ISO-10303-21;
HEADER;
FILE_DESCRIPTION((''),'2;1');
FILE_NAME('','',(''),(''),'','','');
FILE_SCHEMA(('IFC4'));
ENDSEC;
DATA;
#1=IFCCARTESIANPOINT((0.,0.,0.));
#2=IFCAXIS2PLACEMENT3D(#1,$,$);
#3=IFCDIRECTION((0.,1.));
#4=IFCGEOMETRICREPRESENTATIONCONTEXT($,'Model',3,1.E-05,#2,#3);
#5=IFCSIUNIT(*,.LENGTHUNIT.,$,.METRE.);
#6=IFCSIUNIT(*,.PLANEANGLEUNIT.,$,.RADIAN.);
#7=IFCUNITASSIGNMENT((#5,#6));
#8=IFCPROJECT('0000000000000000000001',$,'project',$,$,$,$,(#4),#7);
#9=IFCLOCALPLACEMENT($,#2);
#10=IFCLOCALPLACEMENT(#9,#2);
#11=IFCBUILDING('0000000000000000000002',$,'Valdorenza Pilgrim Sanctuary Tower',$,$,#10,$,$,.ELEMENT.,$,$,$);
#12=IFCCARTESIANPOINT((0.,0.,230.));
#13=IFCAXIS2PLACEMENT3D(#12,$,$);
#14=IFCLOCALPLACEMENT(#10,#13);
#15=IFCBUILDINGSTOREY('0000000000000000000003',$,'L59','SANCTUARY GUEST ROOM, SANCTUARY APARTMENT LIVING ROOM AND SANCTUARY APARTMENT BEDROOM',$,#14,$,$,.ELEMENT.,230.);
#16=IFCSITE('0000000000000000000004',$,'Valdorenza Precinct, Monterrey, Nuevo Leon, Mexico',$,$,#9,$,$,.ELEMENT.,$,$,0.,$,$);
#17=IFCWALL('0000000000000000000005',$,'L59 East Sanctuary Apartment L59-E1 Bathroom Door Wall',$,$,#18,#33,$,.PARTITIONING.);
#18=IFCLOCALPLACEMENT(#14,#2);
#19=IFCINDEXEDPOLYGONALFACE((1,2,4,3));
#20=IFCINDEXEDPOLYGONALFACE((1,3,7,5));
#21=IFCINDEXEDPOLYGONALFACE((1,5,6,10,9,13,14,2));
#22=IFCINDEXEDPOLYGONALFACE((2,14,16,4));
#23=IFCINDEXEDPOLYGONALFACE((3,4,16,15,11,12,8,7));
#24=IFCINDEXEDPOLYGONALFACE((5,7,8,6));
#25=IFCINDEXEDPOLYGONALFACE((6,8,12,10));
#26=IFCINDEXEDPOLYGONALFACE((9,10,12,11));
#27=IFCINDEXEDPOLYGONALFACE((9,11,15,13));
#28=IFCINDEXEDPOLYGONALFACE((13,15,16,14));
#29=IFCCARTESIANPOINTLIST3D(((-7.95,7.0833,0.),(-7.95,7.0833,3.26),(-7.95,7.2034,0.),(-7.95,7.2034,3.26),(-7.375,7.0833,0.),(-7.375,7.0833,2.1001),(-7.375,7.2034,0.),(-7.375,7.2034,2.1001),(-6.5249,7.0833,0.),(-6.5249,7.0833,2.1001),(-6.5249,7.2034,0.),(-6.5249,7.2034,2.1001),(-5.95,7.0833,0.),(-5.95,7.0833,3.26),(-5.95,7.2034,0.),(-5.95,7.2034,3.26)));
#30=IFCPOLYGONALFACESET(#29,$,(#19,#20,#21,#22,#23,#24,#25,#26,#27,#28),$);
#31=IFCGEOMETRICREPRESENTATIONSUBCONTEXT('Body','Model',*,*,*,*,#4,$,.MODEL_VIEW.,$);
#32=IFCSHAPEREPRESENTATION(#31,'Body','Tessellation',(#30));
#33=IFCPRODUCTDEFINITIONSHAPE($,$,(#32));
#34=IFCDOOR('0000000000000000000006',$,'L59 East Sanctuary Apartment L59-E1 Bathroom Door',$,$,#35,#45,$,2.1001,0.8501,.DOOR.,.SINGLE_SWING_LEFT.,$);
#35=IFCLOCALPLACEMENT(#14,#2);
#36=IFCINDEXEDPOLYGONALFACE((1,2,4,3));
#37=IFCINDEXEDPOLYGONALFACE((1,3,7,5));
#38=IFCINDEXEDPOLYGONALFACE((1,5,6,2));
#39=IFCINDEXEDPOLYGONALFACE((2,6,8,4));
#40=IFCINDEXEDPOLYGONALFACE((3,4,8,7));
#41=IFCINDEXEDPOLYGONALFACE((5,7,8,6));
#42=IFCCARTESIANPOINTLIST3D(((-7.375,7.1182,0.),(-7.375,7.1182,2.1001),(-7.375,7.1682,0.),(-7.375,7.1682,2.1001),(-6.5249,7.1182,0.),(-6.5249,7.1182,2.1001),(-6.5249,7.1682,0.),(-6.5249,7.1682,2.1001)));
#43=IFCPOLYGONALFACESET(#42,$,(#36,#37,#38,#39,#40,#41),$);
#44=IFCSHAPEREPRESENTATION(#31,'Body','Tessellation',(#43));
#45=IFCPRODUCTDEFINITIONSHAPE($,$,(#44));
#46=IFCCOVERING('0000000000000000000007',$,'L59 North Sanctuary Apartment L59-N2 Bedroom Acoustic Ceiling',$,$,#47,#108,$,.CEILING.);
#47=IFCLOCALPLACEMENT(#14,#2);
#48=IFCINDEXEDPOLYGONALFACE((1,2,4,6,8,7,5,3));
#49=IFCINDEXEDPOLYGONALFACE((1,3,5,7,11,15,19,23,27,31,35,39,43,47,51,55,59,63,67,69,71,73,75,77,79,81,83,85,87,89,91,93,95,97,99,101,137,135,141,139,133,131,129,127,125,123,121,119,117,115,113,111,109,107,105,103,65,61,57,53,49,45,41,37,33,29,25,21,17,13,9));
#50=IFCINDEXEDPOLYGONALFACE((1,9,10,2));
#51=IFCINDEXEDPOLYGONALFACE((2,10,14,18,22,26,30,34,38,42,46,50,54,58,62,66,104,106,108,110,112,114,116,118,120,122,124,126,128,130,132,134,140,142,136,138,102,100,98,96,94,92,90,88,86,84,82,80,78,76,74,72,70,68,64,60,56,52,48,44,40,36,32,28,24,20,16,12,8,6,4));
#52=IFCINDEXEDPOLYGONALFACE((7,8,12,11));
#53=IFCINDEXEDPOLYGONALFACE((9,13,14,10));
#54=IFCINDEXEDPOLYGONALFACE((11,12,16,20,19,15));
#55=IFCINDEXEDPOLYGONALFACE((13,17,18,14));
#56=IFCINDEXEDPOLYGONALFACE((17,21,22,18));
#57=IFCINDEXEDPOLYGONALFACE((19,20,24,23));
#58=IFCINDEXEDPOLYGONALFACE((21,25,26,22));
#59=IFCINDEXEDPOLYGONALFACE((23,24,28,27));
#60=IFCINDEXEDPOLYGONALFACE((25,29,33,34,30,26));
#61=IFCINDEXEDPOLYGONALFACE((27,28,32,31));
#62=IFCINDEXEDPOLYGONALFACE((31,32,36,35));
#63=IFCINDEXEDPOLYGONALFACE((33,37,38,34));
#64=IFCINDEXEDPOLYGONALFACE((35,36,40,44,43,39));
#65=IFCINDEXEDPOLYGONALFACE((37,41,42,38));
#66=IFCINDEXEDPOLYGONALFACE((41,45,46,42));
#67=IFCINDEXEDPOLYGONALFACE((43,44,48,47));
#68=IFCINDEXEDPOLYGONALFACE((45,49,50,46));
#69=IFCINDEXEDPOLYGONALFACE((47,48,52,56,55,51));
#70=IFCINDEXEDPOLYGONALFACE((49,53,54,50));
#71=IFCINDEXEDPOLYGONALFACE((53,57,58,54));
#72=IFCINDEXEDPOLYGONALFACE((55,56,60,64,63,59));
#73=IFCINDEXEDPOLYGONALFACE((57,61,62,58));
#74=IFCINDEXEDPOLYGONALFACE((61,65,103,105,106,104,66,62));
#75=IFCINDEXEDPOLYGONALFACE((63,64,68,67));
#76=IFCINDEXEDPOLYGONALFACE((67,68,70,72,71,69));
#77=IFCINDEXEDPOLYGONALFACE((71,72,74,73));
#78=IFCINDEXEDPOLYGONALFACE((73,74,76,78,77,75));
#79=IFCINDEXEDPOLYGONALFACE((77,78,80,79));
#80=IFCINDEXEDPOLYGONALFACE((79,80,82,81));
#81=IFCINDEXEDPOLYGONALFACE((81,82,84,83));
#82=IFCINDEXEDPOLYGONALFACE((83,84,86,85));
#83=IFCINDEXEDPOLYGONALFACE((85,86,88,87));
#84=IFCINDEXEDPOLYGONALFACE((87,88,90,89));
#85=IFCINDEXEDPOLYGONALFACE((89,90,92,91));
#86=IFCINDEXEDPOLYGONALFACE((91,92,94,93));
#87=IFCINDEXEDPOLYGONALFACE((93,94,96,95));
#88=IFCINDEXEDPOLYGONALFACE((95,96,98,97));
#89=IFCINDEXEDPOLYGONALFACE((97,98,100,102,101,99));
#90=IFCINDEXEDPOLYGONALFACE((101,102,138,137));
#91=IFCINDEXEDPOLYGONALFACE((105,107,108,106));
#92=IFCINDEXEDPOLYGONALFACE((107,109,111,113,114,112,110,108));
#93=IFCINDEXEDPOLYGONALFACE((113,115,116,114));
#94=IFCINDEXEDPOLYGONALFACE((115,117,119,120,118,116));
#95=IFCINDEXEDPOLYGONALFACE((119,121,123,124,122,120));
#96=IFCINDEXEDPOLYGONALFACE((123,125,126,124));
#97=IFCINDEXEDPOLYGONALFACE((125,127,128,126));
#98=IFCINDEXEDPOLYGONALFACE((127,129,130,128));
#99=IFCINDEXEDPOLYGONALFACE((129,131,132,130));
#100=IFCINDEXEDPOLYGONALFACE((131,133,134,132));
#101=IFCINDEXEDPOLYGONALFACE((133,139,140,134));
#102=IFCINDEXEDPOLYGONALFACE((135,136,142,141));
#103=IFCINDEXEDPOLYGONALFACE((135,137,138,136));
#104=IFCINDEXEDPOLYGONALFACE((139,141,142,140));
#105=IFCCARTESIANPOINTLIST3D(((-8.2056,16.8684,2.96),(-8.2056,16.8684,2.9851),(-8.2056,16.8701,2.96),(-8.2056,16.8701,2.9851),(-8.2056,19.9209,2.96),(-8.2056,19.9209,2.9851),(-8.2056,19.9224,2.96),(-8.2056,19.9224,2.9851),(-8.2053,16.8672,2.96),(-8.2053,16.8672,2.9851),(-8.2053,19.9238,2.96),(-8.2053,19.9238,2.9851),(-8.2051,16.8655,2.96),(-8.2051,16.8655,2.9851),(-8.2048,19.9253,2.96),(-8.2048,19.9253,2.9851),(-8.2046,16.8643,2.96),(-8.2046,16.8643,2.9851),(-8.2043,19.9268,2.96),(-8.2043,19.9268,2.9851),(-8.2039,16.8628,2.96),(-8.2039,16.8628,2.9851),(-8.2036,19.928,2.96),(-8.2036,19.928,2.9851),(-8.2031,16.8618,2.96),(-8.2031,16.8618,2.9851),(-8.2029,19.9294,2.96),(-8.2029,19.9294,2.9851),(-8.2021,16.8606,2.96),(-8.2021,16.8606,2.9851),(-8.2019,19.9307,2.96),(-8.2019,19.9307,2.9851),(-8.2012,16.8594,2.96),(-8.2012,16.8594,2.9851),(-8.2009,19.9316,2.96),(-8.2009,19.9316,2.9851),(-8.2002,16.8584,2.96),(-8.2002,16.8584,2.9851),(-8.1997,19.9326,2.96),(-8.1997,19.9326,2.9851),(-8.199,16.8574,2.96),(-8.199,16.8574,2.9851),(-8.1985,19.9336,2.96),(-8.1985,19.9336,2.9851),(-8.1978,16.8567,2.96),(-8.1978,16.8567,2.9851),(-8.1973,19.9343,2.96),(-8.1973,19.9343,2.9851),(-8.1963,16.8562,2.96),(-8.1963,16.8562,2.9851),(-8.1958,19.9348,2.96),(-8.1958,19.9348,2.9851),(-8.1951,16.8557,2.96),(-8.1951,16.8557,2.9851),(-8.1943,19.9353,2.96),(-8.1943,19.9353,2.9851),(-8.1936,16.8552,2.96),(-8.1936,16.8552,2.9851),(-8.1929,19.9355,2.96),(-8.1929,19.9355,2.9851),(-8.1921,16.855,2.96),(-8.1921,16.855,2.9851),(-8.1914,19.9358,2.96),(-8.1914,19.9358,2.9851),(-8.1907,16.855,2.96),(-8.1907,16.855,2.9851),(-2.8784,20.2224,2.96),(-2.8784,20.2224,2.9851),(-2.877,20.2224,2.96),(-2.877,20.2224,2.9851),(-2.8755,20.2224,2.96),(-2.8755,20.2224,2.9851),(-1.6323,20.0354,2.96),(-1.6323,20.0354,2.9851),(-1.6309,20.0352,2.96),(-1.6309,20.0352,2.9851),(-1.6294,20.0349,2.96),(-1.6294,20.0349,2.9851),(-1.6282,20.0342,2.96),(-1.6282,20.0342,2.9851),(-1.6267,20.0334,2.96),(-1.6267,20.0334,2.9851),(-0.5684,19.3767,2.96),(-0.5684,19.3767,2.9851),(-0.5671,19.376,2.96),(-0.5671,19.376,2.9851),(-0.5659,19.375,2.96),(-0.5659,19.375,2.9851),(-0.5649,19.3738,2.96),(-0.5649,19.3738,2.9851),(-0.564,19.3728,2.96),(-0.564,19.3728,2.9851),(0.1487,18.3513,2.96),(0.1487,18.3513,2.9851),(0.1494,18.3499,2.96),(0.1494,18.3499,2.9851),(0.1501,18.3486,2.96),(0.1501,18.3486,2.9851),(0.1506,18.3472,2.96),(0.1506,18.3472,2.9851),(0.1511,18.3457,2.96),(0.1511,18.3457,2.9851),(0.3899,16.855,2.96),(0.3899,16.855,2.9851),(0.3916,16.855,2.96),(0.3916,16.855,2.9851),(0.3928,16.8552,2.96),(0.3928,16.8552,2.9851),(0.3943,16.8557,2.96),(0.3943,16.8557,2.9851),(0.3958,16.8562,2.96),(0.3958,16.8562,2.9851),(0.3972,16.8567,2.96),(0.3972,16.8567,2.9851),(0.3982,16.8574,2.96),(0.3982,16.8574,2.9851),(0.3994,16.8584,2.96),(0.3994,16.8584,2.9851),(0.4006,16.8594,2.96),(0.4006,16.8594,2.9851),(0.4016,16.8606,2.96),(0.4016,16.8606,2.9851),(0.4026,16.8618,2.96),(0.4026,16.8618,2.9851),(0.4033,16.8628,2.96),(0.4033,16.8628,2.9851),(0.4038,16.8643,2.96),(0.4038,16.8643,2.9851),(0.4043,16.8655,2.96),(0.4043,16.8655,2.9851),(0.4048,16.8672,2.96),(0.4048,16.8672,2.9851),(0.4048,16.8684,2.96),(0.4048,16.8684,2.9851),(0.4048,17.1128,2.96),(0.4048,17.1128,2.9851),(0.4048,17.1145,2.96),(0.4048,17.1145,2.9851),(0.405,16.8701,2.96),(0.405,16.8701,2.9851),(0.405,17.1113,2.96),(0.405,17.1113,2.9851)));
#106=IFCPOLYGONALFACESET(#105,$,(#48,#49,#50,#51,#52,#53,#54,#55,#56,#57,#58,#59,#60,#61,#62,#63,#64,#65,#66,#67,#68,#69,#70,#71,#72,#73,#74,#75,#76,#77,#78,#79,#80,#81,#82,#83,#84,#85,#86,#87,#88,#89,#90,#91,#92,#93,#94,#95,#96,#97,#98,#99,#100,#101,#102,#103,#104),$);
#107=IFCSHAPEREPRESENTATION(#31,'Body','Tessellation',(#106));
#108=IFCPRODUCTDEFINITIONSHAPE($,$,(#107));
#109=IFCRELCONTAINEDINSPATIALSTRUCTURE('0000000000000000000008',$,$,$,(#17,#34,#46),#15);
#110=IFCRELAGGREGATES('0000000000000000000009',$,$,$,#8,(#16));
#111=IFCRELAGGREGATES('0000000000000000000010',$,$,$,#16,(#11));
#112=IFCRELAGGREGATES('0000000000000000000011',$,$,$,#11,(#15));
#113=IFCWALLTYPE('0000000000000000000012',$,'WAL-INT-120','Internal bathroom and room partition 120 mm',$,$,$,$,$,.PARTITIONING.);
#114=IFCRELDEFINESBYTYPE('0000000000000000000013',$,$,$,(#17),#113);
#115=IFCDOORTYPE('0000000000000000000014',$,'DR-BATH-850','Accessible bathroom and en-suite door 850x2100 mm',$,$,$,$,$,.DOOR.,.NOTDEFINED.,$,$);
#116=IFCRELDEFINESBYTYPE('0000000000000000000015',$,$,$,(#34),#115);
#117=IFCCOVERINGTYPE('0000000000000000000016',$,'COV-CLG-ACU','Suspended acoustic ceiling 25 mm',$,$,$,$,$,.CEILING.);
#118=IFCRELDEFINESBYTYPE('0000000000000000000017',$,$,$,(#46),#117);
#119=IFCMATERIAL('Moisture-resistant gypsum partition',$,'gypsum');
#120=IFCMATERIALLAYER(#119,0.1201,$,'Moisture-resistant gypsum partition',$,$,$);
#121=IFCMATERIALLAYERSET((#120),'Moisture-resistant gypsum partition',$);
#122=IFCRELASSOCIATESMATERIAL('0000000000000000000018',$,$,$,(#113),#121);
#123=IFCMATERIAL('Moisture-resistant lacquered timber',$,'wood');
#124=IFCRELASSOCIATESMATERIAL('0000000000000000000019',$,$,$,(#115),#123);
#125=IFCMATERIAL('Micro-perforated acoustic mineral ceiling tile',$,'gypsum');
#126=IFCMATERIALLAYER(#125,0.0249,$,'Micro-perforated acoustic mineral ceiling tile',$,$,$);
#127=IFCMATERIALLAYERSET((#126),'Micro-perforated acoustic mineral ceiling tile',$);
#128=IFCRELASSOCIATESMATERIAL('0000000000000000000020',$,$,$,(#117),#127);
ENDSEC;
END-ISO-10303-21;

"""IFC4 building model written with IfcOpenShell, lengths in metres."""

from ifc_helpers import new_model, si_unit, direction, frame, frame_2d, origin, place, context, subcontext, project, spatial, polyline, rectangle, outline, extrude, material, layer, layer_set, type_object, element, fill, save


model = new_model("IFC4")

# Units and contexts
model_context = context("Model", 3, precision=1e-05, world=origin(), true_north=direction((0.0, 1.0)))
body_context = subcontext(model_context, "Body", "Model", "MODEL_VIEW")
ifc_project = project(units=[si_unit("LENGTHUNIT", "METRE"), si_unit("PLANEANGLEUNIT", "RADIAN")], contexts=[model_context])

# Site, building, storey
site_placement = place(None, origin())
site = spatial("IfcSite", under=ifc_project, at=site_placement, Name="Valdorenza Precinct, Monterrey, Nuevo Leon, Mexico", CompositionType="ELEMENT", RefElevation=0.0)
building_placement = place(site_placement, origin())
building = spatial("IfcBuilding", under=site, at=building_placement, Name="Valdorenza Pilgrim Sanctuary Tower", CompositionType="ELEMENT")
storey_placement = place(building_placement, frame((0.0, 0.0, 230.0)))
storey = spatial("IfcBuildingStorey", under=building, at=storey_placement, Name="L59", Description="SANCTUARY GUEST ROOM, SANCTUARY APARTMENT LIVING ROOM AND SANCTUARY APARTMENT BEDROOM", CompositionType="ELEMENT", Elevation=230.0)

# Wall, opening, door
ifc_material_1 = material(Name="Moisture-resistant gypsum partition", Category="gypsum")
ifc_layer_1 = layer(ifc_material_1, 0.1201, Name="Moisture-resistant gypsum partition")
ifc_layer_set_1 = layer_set([ifc_layer_1], Name="Moisture-resistant gypsum partition")
wall_type_1 = type_object("IfcWallType", Name="WAL-INT-120", Description="Internal bathroom and room partition 120 mm", PredefinedType="PARTITIONING", material=ifc_layer_set_1)
wall_1_placement = place(storey_placement, frame((-7.95, 7.1433, 0.0), z_axis=(0.0, 0.0, 1.0), x_axis=(1.0, 0.0, 0.0)))
wall_1 = element("IfcWall", 1, at=wall_1_placement, inside=storey, type_object=wall_type_1, Name="L59 East Sanctuary Apartment L59-E1 Bathroom Door Wall", PredefinedType="PARTITIONING", context=body_context, shape_type="SweptSolid", body=[
    extrude(rectangle(XDim=2.0, YDim=0.1201, at=frame_2d((1.0, 0.0))), origin(), (0.0, 0.0, 1.0), 3.26),
])
opening_placement = place(wall_1_placement, frame((0.575, 0.0, 0.0)))
opening = element("IfcOpeningElement", 2, at=opening_placement, cuts=wall_1, PredefinedType="OPENING", context=body_context, shape_type="SweptSolid", body=[
    extrude(rectangle(XDim=0.8501, YDim=2.1001, at=frame_2d((0.425, 1.05))), frame((0.0, 0.075, 0.0), z_axis=(0.0, -1.0, 0.0), x_axis=(1.0, 0.0, 0.0)), (0.0, 0.0, 1.0), 0.1499),
])
ifc_material_2 = material(Name="Moisture-resistant lacquered timber", Category="wood")
door_type = type_object("IfcDoorType", Name="DR-BATH-850", Description="Accessible bathroom and en-suite door 850x2100 mm", OperationType="NOTDEFINED", PredefinedType="DOOR", material=ifc_material_2)
door_placement = place(opening_placement, origin())
door = element("IfcDoor", 3, at=door_placement, inside=storey, type_object=door_type, Name="L59 East Sanctuary Apartment L59-E1 Bathroom Door", OperationType="SINGLE_SWING_LEFT", OverallHeight=2.1001, OverallWidth=0.8501, PredefinedType="DOOR", context=body_context, shape_type="SweptSolid", body=[
    extrude(rectangle(XDim=0.8501, YDim=2.1001, at=frame_2d((0.425, 1.05))), frame((0.0, 0.0249, 0.0), z_axis=(0.0, -1.0, 0.0), x_axis=(1.0, 0.0, 0.0)), (0.0, 0.0, 1.0), 0.05),
])
fill(opening, door)

# Covering
ifc_material_3 = material(Name="Micro-perforated acoustic mineral ceiling tile", Category="gypsum")
ifc_layer_2 = layer(ifc_material_3, 0.0249, Name="Micro-perforated acoustic mineral ceiling tile")
ifc_layer_set_2 = layer_set([ifc_layer_2], Name="Micro-perforated acoustic mineral ceiling tile")
covering_type_1 = type_object("IfcCoveringType", Name="COV-CLG-ACU", Description="Suspended acoustic ceiling 25 mm", PredefinedType="CEILING", material=ifc_layer_set_2)
covering_1_placement = place(storey_placement, frame((0.0, 0.0, 2.96)))
element("IfcCovering", 4, at=covering_1_placement, inside=storey, type_object=covering_type_1, Name="L59 North Sanctuary Apartment L59-N2 Bedroom Acoustic Ceiling", PredefinedType="CEILING", context=body_context, shape_type="SweptSolid", body=[
    extrude(outline(polyline([(-8.2056, 19.9209), (-8.2056, 19.9224), (-8.2053, 19.9238), (-8.2048, 19.9253), (-8.2043, 19.9268), (-8.2036, 19.928), (-8.2029, 19.9294), (-8.2019, 19.9307), (-8.2009, 19.9316), (-8.1997, 19.9326), (-8.1985, 19.9336), (-8.1973, 19.9343), (-8.1958, 19.9348), (-8.1943, 19.9353), (-8.1929, 19.9355), (-8.1914, 19.9358), (-2.8784, 20.2224), (-2.877, 20.2224), (-2.8755, 20.2224), (-1.6323, 20.0354), (-1.6309, 20.0352), (-1.6294, 20.0349), (-1.6282, 20.0342), (-1.6267, 20.0334), (-0.5684, 19.3767), (-0.5671, 19.376), (-0.5659, 19.375), (-0.5649, 19.3738), (-0.564, 19.3728), (0.1487, 18.3513), (0.1494, 18.3499), (0.1501, 18.3486), (0.1506, 18.3472), (0.1511, 18.3457), (0.4048, 17.1145), (0.4048, 17.1128), (0.405, 17.1113), (0.405, 16.8701), (0.4048, 16.8684), (0.4048, 16.8672), (0.4043, 16.8655), (0.4038, 16.8643), (0.4033, 16.8628), (0.4026, 16.8618), (0.4016, 16.8606), (0.4006, 16.8594), (0.3994, 16.8584), (0.3982, 16.8574), (0.3972, 16.8567), (0.3958, 16.8562), (0.3943, 16.8557), (0.3928, 16.8552), (0.3916, 16.855), (0.3899, 16.855), (-8.1907, 16.855), (-8.1921, 16.855), (-8.1936, 16.8552), (-8.1951, 16.8557), (-8.1963, 16.8562), (-8.1978, 16.8567), (-8.199, 16.8574), (-8.2002, 16.8584), (-8.2012, 16.8594), (-8.2021, 16.8606), (-8.2031, 16.8618), (-8.2039, 16.8628), (-8.2046, 16.8643), (-8.2051, 16.8655), (-8.2053, 16.8672), (-8.2056, 16.8684), (-8.2056, 16.8701), (-8.2056, 19.9209)])), origin(), (0.0, 0.0, 1.0), 0.0251),
])

save(model, "model.ifc")
